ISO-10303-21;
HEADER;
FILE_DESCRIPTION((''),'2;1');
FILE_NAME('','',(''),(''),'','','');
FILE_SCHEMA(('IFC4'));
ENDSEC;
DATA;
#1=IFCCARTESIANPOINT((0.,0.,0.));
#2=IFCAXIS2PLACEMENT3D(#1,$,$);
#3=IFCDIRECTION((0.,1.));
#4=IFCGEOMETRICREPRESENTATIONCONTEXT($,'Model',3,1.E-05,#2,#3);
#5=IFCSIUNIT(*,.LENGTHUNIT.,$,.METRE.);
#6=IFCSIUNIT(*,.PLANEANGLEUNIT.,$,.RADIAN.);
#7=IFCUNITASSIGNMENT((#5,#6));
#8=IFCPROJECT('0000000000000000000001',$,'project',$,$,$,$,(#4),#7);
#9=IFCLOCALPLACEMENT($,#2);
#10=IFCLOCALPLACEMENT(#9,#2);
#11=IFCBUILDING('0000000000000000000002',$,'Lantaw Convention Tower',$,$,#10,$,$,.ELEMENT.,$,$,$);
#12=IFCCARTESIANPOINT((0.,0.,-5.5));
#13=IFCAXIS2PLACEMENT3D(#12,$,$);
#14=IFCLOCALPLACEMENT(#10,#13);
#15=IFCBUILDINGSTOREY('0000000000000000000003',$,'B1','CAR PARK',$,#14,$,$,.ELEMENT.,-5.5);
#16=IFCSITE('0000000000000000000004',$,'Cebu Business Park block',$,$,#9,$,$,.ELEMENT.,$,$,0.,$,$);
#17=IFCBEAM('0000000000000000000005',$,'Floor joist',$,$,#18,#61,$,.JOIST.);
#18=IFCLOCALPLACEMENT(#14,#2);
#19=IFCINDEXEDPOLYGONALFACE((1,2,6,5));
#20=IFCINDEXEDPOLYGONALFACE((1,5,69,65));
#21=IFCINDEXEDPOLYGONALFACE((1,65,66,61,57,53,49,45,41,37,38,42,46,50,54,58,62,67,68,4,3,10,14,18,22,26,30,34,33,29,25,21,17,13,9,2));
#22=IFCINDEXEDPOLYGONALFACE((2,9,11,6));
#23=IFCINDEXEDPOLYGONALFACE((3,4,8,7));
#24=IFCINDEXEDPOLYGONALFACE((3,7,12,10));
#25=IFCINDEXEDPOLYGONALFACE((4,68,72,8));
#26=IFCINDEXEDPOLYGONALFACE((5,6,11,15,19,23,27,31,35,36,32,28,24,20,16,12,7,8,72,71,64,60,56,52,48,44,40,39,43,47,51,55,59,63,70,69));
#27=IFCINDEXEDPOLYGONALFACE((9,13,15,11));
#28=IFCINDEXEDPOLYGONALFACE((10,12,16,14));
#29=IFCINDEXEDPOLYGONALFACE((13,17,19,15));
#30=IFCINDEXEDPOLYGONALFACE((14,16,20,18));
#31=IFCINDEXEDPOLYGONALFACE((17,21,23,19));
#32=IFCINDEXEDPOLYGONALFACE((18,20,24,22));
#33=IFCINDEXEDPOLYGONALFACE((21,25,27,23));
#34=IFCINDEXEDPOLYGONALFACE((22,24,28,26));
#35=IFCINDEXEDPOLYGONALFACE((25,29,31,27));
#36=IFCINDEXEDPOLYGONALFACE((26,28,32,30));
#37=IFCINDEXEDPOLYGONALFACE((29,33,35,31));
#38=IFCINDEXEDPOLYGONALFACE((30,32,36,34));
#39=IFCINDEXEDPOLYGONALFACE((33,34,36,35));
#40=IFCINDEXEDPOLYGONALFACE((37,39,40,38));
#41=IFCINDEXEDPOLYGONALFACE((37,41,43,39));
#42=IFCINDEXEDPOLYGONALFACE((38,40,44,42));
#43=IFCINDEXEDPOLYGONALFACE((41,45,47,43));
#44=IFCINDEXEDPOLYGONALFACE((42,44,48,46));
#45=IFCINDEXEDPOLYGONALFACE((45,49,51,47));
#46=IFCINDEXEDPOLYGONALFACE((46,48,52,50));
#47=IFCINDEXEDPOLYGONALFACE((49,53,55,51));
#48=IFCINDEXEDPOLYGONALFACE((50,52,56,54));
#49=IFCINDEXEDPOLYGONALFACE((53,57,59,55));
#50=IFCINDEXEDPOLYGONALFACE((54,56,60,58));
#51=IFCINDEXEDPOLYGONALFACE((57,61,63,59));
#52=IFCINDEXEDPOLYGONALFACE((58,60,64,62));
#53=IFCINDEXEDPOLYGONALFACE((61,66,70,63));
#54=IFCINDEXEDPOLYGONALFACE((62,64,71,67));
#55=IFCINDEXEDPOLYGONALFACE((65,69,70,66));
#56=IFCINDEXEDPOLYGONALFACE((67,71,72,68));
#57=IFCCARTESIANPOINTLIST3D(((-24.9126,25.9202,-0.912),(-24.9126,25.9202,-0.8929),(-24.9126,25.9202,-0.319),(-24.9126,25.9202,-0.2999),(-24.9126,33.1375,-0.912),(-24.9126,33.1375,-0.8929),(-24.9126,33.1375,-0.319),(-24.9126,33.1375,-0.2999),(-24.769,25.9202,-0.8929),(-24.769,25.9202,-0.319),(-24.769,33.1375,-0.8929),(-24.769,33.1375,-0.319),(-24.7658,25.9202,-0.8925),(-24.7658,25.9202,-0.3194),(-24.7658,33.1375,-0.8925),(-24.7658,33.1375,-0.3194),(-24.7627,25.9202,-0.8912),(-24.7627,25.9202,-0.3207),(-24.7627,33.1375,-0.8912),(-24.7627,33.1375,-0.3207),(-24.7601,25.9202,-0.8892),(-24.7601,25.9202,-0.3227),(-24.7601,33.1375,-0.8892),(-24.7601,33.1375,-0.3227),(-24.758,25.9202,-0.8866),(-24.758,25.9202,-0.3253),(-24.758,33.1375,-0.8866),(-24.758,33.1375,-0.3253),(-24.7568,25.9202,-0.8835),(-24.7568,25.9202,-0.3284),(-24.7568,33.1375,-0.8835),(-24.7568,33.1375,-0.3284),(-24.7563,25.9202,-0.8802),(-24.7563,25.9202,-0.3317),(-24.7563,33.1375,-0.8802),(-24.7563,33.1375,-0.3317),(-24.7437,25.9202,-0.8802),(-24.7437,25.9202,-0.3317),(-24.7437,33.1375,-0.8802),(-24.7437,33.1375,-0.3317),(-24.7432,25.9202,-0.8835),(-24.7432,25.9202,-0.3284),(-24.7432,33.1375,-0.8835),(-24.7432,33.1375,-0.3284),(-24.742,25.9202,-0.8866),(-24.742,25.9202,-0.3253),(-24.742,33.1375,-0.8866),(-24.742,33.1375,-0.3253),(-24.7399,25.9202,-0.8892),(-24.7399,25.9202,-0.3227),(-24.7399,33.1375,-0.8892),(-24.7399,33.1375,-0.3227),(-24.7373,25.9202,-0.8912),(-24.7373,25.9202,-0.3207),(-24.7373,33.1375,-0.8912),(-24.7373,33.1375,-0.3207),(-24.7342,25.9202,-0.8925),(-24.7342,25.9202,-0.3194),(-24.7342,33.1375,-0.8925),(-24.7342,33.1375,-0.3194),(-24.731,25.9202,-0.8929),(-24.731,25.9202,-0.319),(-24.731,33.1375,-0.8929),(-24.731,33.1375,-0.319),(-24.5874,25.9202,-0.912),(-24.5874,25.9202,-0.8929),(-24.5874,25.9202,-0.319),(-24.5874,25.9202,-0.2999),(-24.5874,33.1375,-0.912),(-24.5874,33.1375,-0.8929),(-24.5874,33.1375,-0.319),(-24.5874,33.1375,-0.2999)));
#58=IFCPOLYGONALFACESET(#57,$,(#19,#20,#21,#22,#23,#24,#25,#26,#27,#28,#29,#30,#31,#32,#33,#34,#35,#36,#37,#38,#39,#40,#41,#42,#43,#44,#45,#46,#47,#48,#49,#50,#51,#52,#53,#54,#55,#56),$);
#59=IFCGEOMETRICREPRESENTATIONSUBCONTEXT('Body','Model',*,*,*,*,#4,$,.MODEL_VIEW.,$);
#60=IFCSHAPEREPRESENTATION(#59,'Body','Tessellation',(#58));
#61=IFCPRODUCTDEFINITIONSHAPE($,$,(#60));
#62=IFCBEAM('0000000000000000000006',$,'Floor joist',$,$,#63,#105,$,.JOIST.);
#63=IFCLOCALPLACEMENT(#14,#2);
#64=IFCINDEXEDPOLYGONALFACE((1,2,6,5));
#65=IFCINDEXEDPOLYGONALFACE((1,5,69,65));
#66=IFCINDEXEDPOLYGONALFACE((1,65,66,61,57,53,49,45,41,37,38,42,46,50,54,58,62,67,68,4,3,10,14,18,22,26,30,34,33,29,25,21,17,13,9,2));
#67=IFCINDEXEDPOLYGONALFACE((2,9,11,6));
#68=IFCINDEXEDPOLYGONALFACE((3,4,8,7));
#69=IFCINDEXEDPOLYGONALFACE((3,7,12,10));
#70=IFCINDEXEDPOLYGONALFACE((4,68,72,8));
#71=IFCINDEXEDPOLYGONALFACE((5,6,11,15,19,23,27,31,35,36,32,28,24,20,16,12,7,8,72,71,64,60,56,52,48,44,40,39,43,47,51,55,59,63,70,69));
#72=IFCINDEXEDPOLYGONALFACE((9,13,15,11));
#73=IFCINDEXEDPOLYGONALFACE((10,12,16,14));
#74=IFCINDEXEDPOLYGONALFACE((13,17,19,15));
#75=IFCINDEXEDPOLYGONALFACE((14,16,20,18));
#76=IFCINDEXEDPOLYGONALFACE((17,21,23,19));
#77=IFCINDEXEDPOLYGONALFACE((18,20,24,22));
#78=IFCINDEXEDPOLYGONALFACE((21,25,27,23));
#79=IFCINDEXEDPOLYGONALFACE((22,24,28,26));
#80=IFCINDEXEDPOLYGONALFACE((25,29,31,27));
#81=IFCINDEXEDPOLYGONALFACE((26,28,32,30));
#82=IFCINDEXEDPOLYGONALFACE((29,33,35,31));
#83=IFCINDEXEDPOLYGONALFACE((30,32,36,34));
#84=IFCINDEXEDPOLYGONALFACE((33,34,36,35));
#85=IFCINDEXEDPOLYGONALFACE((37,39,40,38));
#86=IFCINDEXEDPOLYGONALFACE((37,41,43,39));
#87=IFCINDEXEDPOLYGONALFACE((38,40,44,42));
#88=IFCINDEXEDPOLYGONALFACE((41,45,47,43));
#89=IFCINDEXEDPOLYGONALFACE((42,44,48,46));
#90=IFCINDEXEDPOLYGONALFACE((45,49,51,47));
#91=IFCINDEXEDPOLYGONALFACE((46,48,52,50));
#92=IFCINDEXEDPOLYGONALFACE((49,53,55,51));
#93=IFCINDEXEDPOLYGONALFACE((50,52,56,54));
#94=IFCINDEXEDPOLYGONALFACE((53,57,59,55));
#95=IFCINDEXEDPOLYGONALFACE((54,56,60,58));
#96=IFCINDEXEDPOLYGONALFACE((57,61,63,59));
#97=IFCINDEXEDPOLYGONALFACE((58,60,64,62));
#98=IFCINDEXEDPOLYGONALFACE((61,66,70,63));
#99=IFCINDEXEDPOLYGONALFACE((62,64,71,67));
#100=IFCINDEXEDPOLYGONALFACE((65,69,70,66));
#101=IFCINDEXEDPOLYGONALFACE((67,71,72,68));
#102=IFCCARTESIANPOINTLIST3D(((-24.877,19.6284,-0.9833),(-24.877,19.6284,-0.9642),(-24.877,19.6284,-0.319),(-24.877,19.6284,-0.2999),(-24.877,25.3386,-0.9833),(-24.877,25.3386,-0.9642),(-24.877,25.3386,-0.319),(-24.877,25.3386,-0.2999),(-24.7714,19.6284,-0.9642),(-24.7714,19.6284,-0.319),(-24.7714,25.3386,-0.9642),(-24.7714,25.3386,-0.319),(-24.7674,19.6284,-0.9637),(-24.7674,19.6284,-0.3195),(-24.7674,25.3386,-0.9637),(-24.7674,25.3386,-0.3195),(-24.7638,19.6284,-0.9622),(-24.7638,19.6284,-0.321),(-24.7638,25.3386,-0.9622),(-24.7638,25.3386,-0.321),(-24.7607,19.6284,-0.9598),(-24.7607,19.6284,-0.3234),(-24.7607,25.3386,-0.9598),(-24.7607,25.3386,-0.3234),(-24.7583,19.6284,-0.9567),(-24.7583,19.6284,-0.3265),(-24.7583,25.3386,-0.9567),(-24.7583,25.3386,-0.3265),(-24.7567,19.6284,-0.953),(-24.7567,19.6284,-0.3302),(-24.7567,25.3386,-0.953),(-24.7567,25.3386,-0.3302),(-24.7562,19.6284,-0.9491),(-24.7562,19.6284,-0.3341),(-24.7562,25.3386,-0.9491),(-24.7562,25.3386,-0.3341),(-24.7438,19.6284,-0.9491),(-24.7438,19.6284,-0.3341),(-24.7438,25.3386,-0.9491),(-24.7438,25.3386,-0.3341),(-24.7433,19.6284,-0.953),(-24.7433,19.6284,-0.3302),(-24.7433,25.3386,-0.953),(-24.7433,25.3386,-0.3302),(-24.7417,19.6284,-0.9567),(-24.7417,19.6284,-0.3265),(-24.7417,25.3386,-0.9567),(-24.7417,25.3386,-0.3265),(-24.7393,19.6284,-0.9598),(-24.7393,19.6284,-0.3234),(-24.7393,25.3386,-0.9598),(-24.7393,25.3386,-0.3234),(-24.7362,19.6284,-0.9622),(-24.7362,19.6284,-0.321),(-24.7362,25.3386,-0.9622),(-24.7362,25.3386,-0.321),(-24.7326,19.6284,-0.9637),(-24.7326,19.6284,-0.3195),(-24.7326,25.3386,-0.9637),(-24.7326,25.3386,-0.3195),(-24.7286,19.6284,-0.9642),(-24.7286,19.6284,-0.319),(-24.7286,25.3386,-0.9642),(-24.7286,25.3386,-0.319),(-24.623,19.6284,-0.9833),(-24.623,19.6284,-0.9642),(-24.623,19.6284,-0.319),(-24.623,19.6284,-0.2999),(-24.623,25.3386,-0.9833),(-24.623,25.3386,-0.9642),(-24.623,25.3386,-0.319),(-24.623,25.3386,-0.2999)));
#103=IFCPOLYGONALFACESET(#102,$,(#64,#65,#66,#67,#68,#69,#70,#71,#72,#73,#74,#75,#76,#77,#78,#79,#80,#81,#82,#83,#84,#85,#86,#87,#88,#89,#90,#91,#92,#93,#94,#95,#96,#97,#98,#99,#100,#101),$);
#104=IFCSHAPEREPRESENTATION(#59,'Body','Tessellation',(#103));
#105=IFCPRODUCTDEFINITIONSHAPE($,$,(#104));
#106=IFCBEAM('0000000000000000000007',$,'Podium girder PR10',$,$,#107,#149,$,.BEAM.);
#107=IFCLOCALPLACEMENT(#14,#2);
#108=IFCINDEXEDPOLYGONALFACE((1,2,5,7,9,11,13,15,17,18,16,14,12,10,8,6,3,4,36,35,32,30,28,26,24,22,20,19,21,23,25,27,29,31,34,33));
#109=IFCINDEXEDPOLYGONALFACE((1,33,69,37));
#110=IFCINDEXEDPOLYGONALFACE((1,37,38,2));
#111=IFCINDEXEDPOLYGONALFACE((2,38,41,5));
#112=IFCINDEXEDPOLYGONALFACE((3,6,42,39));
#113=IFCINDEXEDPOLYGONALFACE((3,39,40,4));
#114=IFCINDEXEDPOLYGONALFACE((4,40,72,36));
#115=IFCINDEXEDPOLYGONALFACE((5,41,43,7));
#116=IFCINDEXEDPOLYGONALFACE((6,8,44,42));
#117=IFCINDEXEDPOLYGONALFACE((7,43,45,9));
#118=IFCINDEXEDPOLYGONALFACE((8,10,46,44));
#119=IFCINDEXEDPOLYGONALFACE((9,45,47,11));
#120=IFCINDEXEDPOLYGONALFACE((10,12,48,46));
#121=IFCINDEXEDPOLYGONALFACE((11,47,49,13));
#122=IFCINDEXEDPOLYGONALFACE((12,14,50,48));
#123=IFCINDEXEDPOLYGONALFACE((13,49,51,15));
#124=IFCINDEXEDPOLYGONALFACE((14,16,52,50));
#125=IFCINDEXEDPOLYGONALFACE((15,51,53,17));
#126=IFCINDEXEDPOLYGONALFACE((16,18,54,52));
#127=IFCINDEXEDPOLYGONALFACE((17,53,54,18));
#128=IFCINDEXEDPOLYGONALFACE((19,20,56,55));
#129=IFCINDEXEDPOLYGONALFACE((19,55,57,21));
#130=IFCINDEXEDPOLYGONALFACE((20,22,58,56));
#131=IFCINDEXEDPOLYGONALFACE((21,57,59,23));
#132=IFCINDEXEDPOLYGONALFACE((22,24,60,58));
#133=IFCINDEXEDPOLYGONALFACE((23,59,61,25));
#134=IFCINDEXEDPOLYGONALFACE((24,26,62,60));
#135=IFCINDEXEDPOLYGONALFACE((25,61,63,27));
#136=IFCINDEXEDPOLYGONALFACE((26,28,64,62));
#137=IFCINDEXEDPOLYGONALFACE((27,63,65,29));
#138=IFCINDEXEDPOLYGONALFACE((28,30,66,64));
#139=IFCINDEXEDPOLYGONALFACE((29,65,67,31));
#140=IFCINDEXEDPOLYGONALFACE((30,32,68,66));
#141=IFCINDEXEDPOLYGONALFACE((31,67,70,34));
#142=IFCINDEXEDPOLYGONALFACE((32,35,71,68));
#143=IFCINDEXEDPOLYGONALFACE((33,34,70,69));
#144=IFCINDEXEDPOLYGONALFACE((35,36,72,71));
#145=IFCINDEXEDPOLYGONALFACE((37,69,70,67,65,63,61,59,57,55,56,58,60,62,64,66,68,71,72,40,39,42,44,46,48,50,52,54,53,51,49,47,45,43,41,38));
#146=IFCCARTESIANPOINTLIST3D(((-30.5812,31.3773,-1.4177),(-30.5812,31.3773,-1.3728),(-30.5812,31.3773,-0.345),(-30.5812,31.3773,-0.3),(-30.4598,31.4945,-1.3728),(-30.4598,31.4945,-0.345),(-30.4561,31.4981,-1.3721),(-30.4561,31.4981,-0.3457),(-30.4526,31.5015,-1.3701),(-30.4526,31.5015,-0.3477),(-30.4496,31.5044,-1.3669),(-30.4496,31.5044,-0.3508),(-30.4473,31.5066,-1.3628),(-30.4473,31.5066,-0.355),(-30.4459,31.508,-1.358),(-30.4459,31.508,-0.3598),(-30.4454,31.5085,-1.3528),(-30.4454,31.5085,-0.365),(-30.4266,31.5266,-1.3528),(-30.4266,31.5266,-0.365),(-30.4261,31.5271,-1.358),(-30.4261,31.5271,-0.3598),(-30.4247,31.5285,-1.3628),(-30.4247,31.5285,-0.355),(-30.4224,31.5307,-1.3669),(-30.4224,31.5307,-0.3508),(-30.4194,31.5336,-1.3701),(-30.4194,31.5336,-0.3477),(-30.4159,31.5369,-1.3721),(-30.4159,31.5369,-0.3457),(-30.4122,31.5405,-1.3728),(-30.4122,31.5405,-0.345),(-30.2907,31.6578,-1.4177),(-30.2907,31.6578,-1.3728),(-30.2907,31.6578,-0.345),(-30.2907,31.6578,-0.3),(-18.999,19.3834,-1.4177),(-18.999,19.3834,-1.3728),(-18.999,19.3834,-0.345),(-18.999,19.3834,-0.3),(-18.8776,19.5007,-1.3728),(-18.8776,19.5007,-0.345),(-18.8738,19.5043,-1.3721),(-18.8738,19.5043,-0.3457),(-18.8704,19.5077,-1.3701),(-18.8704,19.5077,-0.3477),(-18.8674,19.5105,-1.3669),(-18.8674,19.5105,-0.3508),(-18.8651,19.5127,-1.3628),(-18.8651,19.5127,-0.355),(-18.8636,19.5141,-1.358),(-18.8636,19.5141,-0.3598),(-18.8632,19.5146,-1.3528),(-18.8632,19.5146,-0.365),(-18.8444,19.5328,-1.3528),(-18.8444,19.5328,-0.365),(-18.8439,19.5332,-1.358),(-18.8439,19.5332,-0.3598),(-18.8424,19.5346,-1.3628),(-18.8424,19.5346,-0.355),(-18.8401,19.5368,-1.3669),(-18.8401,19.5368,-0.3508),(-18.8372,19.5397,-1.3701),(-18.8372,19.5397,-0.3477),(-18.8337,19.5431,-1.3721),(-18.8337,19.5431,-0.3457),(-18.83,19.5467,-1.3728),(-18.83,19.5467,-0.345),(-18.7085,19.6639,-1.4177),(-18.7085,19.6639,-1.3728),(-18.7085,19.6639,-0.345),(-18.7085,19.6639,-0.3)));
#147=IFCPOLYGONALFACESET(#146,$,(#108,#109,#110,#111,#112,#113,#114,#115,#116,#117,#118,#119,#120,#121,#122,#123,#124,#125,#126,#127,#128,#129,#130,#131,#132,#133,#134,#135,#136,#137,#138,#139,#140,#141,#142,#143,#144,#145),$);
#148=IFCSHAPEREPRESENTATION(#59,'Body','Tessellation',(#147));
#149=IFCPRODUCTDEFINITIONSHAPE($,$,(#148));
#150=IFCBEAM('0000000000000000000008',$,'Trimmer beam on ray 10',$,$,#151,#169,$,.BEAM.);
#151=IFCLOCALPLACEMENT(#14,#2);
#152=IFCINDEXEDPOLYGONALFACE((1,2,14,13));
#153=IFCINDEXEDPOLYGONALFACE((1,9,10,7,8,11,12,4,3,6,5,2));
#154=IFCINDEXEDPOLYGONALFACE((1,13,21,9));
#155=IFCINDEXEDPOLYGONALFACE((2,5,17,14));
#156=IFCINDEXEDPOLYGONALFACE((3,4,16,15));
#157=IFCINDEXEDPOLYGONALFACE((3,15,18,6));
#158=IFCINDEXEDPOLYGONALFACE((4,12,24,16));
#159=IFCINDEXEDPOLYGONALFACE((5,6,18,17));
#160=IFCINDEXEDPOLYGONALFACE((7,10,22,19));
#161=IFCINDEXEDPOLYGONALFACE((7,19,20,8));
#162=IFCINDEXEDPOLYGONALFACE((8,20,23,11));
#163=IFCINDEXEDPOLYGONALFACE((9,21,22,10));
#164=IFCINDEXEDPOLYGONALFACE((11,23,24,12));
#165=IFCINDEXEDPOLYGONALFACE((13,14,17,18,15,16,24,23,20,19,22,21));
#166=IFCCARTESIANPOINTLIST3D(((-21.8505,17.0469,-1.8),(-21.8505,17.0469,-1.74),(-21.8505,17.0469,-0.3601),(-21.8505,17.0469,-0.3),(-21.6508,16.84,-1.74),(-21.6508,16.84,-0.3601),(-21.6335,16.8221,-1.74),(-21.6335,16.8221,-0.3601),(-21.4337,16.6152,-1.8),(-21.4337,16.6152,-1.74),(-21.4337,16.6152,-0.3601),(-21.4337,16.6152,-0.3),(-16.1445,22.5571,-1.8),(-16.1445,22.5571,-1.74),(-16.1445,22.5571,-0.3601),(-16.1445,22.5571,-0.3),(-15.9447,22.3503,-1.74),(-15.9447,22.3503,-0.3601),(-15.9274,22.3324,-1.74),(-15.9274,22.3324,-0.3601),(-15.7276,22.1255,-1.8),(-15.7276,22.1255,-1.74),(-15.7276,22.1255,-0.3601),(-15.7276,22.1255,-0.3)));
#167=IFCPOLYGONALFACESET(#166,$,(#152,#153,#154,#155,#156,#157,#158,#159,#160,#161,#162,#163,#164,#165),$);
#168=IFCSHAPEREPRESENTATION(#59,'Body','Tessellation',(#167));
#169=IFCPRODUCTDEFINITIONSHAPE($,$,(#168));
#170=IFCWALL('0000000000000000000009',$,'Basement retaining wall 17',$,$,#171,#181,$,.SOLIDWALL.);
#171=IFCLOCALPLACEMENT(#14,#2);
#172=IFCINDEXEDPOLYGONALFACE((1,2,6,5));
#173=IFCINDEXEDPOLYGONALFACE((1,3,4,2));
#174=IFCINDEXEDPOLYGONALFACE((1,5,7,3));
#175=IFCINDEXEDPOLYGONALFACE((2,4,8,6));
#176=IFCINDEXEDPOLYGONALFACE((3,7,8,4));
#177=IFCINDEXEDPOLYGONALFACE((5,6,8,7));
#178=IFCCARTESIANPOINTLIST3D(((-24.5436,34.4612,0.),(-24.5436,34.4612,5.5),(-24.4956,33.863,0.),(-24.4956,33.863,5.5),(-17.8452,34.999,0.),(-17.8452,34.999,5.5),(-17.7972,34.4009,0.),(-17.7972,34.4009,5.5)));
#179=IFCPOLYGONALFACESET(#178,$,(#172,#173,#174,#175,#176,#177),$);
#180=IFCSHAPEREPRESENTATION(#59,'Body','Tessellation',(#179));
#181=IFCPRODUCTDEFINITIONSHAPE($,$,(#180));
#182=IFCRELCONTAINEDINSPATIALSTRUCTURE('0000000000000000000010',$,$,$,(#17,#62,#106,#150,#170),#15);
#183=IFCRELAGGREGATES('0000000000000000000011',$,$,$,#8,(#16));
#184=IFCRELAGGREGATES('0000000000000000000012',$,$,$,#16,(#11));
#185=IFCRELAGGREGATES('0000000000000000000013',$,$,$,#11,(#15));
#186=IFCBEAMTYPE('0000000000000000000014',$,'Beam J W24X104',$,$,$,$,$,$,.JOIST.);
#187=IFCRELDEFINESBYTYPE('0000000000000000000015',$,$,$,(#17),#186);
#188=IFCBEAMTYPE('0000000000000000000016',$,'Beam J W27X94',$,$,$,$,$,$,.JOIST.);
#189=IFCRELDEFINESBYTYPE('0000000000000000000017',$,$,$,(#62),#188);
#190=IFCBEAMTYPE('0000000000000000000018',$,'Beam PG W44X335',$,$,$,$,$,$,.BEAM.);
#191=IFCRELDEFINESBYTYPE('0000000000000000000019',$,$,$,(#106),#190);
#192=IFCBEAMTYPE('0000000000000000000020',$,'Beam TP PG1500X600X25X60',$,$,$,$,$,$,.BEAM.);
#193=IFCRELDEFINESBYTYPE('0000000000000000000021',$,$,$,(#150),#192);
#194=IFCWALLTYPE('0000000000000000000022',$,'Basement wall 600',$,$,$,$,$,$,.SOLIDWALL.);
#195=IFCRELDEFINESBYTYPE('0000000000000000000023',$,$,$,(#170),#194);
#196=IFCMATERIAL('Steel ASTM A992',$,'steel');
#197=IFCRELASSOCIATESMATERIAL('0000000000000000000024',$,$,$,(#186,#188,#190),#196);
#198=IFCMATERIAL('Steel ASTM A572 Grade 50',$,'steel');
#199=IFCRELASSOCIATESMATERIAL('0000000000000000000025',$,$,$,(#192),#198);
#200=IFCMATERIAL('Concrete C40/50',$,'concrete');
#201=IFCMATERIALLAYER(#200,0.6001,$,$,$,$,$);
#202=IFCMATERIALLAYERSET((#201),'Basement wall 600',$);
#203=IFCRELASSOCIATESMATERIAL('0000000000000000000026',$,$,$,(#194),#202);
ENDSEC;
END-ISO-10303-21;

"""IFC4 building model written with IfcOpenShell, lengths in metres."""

from ifc_helpers import new_model, si_unit, direction, frame, frame_2d, origin, origin_2d, place, context, subcontext, project, spatial, rectangle, i_section, extrude, material, layer, layer_set, material_profile, profile_set, type_object, element, save


model = new_model("IFC4")

# Units and contexts
model_context = context("Model", 3, precision=1e-05, world=origin(), true_north=direction((0.0, 1.0)))
body_context = subcontext(model_context, "Body", "Model", "MODEL_VIEW")
ifc_project = project(units=[si_unit("LENGTHUNIT", "METRE"), si_unit("PLANEANGLEUNIT", "RADIAN")], contexts=[model_context])

# Site, building, storey
site_placement = place(None, origin())
site = spatial("IfcSite", under=ifc_project, at=site_placement, Name="Cebu Business Park block", CompositionType="ELEMENT", RefElevation=0.0)
building_placement = place(site_placement, origin())
building = spatial("IfcBuilding", under=site, at=building_placement, Name="Lantaw Convention Tower", CompositionType="ELEMENT")
storey_placement = place(building_placement, frame((0.0, 0.0, -5.5)))
storey = spatial("IfcBuildingStorey", under=building, at=storey_placement, Name="B1", Description="CAR PARK", CompositionType="ELEMENT", Elevation=-5.5)

# Shared definitions
ifc_material_1 = material(Name="Steel ASTM A572 Grade 50", Category="steel")

# Beams
ifc_material_2 = material(Name="Steel ASTM A992", Category="steel")
ifc_material_profile_1 = material_profile(ifc_material_2, i_section(OverallWidth=0.3252, OverallDepth=0.6121, WebThickness=0.0127, FlangeThickness=0.019, FilletRadius=0.0127, at=origin_2d()), Name="W24X104")
ifc_profile_set_1 = profile_set([ifc_material_profile_1], Name="Steel ASTM A992")
beam_type_1 = type_object("IfcBeamType", Name="Beam J W24X104", PredefinedType="JOIST", material=ifc_profile_set_1)
beam_1_placement = place(storey_placement, frame((-24.75, 25.9202, -0.606), z_axis=(0.0, 1.0, 0.0), x_axis=(-1.0, 0.0, 0.0)))
element("IfcBeam", 1, at=beam_1_placement, inside=storey, type_object=beam_type_1, Name="Floor joist", PredefinedType="JOIST", context=body_context, shape_type="SweptSolid", body=[
    extrude(i_section(OverallWidth=0.3252, OverallDepth=0.6121, WebThickness=0.0127, FlangeThickness=0.019, FilletRadius=0.0127, at=origin_2d()), origin(), (0.0, 0.0, 1.0), 7.2173),
])
ifc_material_profile_2 = material_profile(ifc_material_2, i_section(OverallWidth=0.2539, OverallDepth=0.6833, WebThickness=0.0125, FlangeThickness=0.019, FilletRadius=0.0151, at=origin_2d()), Name="W27X94")
ifc_profile_set_2 = profile_set([ifc_material_profile_2], Name="Steel ASTM A992")
beam_type_2 = type_object("IfcBeamType", Name="Beam J W27X94", PredefinedType="JOIST", material=ifc_profile_set_2)
beam_2_placement = place(storey_placement, frame((-24.75, 19.6284, -0.6416), z_axis=(0.0, 1.0, 0.0), x_axis=(-1.0, 0.0, 0.0)))
element("IfcBeam", 2, at=beam_2_placement, inside=storey, type_object=beam_type_2, Name="Floor joist", PredefinedType="JOIST", context=body_context, shape_type="SweptSolid", body=[
    extrude(i_section(OverallWidth=0.2539, OverallDepth=0.6833, WebThickness=0.0125, FlangeThickness=0.019, FilletRadius=0.0151, at=origin_2d()), origin(), (0.0, 0.0, 1.0), 5.7102),
])
ifc_material_profile_3 = material_profile(ifc_material_2, i_section(OverallWidth=0.4038, OverallDepth=1.1177, WebThickness=0.0261, FlangeThickness=0.0449, FilletRadius=0.02, at=origin_2d()), Name="W44X335")
ifc_profile_set_3 = profile_set([ifc_material_profile_3], Name="Steel ASTM A992")
beam_type_3 = type_object("IfcBeamType", Name="Beam PG W44X335", PredefinedType="BEAM", material=ifc_profile_set_3)
beam_3_placement = place(storey_placement, frame((-18.8538, 19.5237, -0.8589), z_axis=(-0.694655, 0.719343, 0.0), x_axis=(-0.719343, -0.694655, 0.0)))
element("IfcBeam", 3, at=beam_3_placement, inside=storey, type_object=beam_type_3, Name="Podium girder PR10", PredefinedType="BEAM", context=body_context, shape_type="SweptSolid", body=[
    extrude(i_section(OverallWidth=0.4038, OverallDepth=1.1177, WebThickness=0.0261, FlangeThickness=0.0449, FilletRadius=0.02, at=origin_2d()), origin(), (0.0, 0.0, 1.0), 16.6733),
])
ifc_material_profile_4 = material_profile(ifc_material_1, i_section(OverallWidth=0.6001, OverallDepth=1.5, WebThickness=0.0249, FlangeThickness=0.0601, at=origin_2d()), Name="PG1500X600X25X60")
ifc_profile_set_4 = profile_set([ifc_material_profile_4], Name="Steel ASTM A572 Grade 50")
beam_type_4 = type_object("IfcBeamType", Name="Beam TP PG1500X600X25X60", PredefinedType="BEAM", material=ifc_profile_set_4)
beam_4_placement = place(storey_placement, frame((-15.936, 22.3413, -1.05), z_axis=(-0.719341, -0.694657, 0.0), x_axis=(0.694657, -0.719341, 0.0)))
element("IfcBeam", 4, at=beam_4_placement, inside=storey, type_object=beam_type_4, Name="Trimmer beam on ray 10", PredefinedType="BEAM", context=body_context, shape_type="SweptSolid", body=[
    extrude(i_section(OverallWidth=0.6001, OverallDepth=1.5, WebThickness=0.0249, FlangeThickness=0.0601, at=origin_2d()), origin(), (0.0, 0.0, 1.0), 7.9324),
])

# Wall
ifc_material_3 = material(Name="Concrete C40/50", Category="concrete")
ifc_layer_1 = layer(ifc_material_3, 0.6001)
ifc_layer_set_1 = layer_set([ifc_layer_1], Name="Basement wall 600")
wall_type_1 = type_object("IfcWallType", Name="Basement wall 600", PredefinedType="SOLIDWALL", material=ifc_layer_set_1)
wall_1_placement = place(storey_placement, frame((-17.8213, 34.7, 0.0), z_axis=(0.0, 0.0, 1.0), x_axis=(-0.996792, -0.080035, 0.0)))
element("IfcWall", 5, at=wall_1_placement, inside=storey, type_object=wall_type_1, Name="Basement retaining wall 17", PredefinedType="SOLIDWALL", context=body_context, shape_type="SweptSolid", body=[
    extrude(rectangle(XDim=6.72, YDim=0.6001, at=frame_2d((3.3599, 0.0))), origin(), (0.0, 0.0, 1.0), 5.5),
])

save(model, "model.ifc")
